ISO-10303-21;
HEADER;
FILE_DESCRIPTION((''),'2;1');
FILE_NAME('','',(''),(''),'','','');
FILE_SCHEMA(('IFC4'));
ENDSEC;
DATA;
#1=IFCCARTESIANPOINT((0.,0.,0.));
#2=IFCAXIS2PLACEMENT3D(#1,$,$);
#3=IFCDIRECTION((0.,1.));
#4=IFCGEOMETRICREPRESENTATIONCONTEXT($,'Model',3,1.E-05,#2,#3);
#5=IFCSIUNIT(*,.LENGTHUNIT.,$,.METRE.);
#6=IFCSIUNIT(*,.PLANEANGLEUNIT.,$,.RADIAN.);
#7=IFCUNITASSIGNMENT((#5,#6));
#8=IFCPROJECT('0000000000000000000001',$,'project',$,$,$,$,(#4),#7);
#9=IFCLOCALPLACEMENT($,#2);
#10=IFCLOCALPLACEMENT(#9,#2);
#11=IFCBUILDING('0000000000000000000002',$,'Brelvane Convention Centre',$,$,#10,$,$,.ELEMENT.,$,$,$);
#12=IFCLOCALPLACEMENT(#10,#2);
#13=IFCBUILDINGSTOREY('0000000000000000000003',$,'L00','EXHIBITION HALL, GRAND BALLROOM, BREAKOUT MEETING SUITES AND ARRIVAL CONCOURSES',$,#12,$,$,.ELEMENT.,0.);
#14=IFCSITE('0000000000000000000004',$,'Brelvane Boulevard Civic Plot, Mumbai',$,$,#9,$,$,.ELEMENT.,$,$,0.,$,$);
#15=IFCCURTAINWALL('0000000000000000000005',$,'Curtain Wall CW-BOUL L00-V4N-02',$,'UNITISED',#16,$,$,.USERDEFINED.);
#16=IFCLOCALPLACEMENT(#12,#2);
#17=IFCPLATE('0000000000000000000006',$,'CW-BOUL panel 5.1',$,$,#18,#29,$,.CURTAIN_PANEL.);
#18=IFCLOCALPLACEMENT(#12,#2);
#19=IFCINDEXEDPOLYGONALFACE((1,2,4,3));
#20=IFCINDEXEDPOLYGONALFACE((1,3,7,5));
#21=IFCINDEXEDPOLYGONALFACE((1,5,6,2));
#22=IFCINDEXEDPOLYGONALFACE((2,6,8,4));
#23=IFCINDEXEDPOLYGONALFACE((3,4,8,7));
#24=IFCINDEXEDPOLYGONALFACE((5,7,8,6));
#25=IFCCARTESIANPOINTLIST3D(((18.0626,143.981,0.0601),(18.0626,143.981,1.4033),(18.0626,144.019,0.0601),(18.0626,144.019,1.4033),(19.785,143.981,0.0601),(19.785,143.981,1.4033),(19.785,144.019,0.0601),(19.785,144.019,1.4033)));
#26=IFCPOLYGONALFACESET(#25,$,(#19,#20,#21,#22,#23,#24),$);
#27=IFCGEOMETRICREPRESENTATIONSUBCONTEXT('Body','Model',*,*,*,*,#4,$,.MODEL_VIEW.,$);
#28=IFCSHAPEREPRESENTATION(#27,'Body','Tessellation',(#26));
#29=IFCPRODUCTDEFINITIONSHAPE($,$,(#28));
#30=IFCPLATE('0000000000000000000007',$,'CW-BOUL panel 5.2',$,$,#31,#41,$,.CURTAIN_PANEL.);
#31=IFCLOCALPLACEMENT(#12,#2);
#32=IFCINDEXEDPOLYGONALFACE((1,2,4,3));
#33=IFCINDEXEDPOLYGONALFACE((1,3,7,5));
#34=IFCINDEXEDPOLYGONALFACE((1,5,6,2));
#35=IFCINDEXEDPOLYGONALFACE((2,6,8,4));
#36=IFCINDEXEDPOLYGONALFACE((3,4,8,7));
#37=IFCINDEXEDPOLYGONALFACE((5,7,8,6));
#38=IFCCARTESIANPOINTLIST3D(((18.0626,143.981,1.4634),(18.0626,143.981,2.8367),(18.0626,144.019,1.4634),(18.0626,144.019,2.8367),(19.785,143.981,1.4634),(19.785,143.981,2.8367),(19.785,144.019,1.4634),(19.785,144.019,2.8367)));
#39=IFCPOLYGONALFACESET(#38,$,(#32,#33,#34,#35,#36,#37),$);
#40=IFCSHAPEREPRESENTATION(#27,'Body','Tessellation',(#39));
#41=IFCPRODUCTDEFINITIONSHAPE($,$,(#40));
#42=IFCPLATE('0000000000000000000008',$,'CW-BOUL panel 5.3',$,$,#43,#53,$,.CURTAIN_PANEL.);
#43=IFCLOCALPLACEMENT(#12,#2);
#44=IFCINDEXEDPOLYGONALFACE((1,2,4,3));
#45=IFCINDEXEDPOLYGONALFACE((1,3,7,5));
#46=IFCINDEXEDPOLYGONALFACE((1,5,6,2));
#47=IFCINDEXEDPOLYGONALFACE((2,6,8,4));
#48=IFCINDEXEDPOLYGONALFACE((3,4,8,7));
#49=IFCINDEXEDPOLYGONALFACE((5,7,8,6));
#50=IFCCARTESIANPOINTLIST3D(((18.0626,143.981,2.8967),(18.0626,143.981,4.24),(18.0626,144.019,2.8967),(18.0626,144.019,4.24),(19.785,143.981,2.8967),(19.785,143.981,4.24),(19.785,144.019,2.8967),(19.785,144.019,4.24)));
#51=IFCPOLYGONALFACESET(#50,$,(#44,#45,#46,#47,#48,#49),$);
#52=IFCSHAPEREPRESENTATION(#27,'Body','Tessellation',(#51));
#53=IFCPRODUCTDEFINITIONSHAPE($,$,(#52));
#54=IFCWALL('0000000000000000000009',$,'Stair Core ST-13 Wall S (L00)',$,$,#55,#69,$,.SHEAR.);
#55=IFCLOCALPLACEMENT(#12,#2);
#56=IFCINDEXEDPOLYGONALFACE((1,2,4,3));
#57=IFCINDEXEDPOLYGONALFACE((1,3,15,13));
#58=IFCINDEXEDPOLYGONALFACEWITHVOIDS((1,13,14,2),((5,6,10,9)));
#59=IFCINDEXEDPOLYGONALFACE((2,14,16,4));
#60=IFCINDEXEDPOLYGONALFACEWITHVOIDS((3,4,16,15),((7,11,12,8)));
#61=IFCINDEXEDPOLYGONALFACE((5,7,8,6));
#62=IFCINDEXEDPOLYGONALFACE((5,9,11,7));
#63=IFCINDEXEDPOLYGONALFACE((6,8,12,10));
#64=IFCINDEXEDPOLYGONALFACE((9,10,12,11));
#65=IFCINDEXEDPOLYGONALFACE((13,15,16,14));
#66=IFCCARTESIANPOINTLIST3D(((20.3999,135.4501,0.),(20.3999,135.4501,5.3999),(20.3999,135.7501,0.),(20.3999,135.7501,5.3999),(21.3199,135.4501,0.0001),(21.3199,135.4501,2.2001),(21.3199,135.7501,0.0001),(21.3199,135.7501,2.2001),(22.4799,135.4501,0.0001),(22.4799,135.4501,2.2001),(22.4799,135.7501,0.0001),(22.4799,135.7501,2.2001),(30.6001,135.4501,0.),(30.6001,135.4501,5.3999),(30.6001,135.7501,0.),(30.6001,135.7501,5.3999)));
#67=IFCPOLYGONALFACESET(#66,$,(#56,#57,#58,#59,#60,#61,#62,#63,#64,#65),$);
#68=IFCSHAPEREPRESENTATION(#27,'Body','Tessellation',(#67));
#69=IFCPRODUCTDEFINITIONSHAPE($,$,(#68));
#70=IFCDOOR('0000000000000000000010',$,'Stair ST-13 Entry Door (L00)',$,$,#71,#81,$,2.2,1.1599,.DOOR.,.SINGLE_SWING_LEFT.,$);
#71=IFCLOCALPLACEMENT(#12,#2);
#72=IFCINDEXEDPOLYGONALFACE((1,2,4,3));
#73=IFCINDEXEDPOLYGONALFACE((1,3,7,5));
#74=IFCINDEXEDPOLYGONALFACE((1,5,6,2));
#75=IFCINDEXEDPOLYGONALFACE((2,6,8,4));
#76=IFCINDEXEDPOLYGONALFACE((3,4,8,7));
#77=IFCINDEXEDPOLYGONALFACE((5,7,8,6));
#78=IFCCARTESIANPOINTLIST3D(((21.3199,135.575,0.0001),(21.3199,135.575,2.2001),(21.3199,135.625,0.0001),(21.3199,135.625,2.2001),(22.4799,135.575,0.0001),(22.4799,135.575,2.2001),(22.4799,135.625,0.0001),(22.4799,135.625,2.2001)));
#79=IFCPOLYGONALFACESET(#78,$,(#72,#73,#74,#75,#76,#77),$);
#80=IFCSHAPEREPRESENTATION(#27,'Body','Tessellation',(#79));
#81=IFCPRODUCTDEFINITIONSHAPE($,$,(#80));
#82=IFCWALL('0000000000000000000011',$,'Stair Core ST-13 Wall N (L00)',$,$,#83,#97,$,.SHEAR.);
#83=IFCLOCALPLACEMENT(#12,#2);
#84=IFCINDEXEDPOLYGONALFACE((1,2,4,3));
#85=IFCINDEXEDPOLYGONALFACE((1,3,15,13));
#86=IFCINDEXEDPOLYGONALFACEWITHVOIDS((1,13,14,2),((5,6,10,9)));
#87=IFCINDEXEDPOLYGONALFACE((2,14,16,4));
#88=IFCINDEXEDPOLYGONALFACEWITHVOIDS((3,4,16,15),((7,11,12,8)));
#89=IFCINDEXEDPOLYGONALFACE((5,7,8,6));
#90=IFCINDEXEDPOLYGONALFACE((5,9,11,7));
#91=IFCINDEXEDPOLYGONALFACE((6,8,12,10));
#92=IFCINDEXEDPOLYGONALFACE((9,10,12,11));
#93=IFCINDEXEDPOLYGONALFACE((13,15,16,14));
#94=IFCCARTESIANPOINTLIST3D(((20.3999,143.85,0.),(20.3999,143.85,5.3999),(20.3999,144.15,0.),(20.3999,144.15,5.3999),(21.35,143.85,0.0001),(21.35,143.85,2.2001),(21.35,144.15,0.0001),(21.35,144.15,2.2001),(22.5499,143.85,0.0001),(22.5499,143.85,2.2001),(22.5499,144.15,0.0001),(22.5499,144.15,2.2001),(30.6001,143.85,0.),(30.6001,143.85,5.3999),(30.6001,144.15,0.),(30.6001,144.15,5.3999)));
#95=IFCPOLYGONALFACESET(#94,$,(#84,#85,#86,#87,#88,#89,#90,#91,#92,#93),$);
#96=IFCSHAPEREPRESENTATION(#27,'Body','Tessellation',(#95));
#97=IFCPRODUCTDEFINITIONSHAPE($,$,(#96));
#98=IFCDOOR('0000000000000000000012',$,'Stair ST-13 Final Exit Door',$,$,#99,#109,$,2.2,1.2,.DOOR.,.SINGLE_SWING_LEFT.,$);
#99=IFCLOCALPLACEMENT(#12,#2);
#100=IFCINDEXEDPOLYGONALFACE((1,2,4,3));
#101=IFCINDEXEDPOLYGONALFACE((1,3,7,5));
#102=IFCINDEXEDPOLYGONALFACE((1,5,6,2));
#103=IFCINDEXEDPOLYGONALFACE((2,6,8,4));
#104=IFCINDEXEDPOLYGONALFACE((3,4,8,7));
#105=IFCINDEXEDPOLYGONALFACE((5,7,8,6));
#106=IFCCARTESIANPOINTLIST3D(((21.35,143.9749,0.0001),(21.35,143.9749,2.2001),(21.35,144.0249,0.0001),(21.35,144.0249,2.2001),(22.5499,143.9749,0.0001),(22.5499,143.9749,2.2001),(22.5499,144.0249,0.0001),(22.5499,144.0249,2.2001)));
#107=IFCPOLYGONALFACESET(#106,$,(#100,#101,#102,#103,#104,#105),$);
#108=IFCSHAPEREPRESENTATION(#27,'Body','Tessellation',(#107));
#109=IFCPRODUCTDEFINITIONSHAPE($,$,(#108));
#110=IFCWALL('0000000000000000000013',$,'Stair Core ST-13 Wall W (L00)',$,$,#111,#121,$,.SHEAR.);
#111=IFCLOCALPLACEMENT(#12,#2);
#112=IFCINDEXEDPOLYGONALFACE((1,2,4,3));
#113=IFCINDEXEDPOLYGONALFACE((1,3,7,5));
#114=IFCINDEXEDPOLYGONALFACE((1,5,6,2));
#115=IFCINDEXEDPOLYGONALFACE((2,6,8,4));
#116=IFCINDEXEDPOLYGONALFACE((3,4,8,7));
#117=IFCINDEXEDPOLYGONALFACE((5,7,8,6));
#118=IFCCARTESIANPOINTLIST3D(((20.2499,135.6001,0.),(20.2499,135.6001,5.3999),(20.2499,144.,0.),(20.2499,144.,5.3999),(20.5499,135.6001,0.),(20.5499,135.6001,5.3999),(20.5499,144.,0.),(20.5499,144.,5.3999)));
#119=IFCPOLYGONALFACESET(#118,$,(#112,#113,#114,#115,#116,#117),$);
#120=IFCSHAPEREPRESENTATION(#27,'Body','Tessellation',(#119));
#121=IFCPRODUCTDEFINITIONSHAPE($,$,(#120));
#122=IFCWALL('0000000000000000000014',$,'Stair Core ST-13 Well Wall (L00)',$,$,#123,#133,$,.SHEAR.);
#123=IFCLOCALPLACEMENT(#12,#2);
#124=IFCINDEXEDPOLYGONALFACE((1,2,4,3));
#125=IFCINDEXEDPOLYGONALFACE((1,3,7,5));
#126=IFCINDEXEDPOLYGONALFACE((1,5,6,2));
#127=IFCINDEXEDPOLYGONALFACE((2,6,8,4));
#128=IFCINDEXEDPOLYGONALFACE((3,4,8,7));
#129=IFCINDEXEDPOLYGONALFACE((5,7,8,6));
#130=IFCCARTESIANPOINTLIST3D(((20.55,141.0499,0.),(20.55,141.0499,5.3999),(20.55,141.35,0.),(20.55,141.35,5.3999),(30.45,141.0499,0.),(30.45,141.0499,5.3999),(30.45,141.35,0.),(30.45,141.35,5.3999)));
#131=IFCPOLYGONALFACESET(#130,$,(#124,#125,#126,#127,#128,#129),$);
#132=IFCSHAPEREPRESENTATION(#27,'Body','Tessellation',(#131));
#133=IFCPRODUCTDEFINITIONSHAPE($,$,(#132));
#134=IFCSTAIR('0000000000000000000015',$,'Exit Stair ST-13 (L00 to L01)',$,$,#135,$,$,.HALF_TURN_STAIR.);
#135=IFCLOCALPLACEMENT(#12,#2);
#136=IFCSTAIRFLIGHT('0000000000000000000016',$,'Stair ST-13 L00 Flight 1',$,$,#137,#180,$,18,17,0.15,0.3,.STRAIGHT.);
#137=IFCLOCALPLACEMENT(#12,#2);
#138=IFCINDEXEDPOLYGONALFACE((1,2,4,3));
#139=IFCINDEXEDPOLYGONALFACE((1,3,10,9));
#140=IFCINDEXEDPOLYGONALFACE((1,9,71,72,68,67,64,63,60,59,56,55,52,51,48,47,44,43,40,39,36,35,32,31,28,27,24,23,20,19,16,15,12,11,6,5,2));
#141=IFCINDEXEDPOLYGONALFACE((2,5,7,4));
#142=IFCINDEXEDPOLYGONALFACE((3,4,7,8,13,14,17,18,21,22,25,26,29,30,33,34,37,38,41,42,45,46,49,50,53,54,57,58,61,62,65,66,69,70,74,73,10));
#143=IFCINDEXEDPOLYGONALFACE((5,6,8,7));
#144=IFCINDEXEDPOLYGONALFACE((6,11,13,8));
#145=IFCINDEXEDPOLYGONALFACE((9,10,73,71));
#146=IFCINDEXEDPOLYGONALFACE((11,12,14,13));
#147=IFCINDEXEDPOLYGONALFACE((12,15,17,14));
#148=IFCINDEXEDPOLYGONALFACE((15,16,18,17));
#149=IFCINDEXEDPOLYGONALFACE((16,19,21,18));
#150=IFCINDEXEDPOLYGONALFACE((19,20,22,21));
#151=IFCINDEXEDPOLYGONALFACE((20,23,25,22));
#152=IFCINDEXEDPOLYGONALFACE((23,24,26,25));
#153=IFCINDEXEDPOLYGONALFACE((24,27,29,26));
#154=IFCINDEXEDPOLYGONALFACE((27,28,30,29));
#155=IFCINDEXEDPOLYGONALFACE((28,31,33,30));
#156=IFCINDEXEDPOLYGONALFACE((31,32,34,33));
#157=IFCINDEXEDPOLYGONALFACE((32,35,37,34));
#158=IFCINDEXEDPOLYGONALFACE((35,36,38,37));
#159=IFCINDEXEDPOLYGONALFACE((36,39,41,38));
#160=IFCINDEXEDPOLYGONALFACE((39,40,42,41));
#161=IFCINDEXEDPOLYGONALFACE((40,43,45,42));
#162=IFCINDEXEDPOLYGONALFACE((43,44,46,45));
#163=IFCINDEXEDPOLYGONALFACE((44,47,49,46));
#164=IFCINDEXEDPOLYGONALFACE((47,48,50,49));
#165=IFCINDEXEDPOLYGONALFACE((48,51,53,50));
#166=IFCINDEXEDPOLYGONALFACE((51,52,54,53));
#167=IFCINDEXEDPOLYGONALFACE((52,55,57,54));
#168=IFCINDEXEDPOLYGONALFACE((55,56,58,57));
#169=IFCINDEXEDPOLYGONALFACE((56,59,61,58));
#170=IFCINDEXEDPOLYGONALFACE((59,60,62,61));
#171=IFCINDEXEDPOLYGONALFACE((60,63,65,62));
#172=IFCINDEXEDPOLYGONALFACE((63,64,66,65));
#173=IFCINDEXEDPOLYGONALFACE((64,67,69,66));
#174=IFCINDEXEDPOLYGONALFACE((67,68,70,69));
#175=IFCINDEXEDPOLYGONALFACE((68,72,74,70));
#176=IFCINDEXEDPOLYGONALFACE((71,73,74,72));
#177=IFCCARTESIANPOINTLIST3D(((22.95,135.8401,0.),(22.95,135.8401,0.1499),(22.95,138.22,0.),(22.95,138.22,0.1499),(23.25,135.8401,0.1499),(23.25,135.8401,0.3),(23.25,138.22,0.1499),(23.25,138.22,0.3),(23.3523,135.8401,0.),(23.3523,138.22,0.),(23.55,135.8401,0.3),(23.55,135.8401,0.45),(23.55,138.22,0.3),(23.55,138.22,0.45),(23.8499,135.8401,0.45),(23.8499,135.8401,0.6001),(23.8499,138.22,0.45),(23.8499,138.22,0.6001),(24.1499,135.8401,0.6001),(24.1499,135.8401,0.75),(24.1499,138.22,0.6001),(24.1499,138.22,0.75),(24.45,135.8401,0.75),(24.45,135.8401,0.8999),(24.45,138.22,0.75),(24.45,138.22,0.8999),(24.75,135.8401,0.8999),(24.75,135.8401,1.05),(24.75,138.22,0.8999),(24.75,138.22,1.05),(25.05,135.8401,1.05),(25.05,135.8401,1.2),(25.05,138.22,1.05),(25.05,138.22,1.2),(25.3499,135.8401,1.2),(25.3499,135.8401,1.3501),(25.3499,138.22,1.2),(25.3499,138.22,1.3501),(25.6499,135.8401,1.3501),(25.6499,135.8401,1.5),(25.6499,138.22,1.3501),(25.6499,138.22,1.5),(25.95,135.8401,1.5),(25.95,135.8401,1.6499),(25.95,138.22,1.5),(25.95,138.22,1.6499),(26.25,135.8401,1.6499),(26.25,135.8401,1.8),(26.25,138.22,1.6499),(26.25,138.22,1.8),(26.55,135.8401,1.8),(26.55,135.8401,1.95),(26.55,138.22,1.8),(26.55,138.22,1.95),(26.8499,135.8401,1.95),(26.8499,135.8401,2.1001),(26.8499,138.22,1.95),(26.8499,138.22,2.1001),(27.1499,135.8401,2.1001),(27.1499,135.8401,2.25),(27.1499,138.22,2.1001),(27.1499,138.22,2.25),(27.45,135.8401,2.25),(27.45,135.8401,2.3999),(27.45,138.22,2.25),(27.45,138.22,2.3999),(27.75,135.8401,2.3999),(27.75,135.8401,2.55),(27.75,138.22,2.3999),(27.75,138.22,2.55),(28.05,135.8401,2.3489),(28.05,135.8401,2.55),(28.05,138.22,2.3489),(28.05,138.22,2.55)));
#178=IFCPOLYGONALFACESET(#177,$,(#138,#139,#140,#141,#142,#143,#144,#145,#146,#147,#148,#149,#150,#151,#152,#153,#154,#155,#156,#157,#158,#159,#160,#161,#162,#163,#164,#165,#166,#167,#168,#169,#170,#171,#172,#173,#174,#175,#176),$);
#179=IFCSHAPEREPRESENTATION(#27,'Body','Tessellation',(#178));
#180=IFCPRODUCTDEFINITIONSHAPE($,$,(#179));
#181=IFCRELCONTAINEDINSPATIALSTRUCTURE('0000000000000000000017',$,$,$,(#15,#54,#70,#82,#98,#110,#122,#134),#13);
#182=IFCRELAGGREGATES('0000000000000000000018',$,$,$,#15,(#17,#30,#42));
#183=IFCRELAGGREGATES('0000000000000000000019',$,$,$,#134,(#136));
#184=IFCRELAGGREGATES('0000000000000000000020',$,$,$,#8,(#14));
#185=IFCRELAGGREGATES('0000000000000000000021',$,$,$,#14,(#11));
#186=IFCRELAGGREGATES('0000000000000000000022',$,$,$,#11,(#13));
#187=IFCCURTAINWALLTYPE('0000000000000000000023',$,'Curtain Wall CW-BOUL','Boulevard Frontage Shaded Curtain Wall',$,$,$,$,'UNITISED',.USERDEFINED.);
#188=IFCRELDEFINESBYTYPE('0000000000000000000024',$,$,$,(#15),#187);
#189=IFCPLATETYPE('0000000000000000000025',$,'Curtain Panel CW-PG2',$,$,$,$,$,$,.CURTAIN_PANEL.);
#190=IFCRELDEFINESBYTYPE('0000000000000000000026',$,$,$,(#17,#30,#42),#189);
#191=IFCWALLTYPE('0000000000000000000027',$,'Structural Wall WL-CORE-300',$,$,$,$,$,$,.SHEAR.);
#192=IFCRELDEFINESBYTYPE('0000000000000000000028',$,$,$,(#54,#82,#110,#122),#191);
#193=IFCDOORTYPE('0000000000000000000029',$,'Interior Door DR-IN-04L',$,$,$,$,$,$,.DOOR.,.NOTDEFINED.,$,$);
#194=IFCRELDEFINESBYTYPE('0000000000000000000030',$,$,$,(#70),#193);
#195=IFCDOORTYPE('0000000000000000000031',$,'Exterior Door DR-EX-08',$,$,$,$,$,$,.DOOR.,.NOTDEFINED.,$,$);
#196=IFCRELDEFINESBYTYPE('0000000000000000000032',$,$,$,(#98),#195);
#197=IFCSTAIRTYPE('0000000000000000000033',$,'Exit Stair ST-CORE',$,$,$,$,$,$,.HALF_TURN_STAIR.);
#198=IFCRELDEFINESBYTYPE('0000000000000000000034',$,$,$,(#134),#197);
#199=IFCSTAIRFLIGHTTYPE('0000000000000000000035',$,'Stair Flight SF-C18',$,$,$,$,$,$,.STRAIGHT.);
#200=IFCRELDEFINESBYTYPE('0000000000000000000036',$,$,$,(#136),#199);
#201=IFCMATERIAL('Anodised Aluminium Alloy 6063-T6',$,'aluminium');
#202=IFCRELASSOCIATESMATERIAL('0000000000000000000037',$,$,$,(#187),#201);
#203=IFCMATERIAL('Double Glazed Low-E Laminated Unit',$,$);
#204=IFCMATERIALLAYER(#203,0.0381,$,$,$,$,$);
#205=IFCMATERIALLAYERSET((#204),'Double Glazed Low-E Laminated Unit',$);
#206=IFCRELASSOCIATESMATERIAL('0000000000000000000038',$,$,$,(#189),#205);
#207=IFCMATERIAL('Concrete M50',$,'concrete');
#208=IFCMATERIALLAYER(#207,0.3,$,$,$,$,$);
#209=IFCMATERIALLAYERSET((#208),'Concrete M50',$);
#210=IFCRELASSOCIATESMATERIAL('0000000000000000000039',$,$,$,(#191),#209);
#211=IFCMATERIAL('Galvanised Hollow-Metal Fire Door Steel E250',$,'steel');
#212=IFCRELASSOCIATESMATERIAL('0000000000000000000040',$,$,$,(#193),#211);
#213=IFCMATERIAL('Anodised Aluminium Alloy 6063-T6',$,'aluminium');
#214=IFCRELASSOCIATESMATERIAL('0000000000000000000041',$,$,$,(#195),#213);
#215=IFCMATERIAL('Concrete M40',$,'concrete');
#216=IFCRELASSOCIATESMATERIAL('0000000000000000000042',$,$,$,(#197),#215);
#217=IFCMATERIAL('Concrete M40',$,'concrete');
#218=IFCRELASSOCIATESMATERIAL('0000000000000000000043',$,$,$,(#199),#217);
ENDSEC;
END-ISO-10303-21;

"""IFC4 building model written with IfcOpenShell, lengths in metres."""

from ifc_helpers import new_model, si_unit, direction, frame, frame_2d, origin, origin_2d, place, context, subcontext, project, spatial, polyline, rectangle, outline, extrude, material, layer, layer_set, type_object, element, fill, aggregate, save


model = new_model("IFC4")

# Units and contexts
model_context = context("Model", 3, precision=1e-05, world=origin(), true_north=direction((0.0, 1.0)))
body_context = subcontext(model_context, "Body", "Model", "MODEL_VIEW")
ifc_project = project(units=[si_unit("LENGTHUNIT", "METRE"), si_unit("PLANEANGLEUNIT", "RADIAN")], contexts=[model_context])

# Site, building, storey
site_placement = place(None, origin())
site = spatial("IfcSite", under=ifc_project, at=site_placement, Name="Brelvane Boulevard Civic Plot, Mumbai", CompositionType="ELEMENT", RefElevation=0.0)
building_placement = place(site_placement, origin())
building = spatial("IfcBuilding", under=site, at=building_placement, Name="Brelvane Convention Centre", CompositionType="ELEMENT")
storey_placement = place(building_placement, origin())
storey = spatial("IfcBuildingStorey", under=building, at=storey_placement, Name="L00", Description="EXHIBITION HALL, GRAND BALLROOM, BREAKOUT MEETING SUITES AND ARRIVAL CONCOURSES", CompositionType="ELEMENT", Elevation=0.0)

# Curtain wall
ifc_material_1 = material(Name="Anodised Aluminium Alloy 6063-T6", Category="aluminium")
curtain_wall_type = type_object("IfcCurtainWallType", Name="Curtain Wall CW-BOUL", Description="Boulevard Frontage Shaded Curtain Wall", ElementType="UNITISED", PredefinedType="USERDEFINED", material=ifc_material_1)
curtain_wall_placement = place(storey_placement, origin())
curtain_wall = element("IfcCurtainWall", 1, at=curtain_wall_placement, inside=storey, type_object=curtain_wall_type, Name="Curtain Wall CW-BOUL L00-V4N-02", ObjectType="UNITISED", PredefinedType="USERDEFINED")

# Plates
ifc_material_2 = material(Name="Double Glazed Low-E Laminated Unit")
ifc_layer_1 = layer(ifc_material_2, 0.0381)
ifc_layer_set_1 = layer_set([ifc_layer_1], Name="Double Glazed Low-E Laminated Unit")
plate_type = type_object("IfcPlateType", Name="Curtain Panel CW-PG2", PredefinedType="CURTAIN_PANEL", material=ifc_layer_set_1)
plate_1_placement = place(storey_placement, frame((18.9238, 144.0, 0.0601), z_axis=(0.0, 0.0, 1.0), x_axis=(1.0, 0.0, 0.0)))
plate_1 = element("IfcPlate", 2, at=plate_1_placement, type_object=plate_type, Name="CW-BOUL panel 5.1", PredefinedType="CURTAIN_PANEL", context=body_context, shape_type="SweptSolid", body=[
    extrude(rectangle(XDim=1.7224, YDim=0.0381, at=origin_2d()), origin(), (0.0, 0.0, 1.0), 1.3433),
])
plate_2_placement = place(storey_placement, frame((18.9238, 144.0, 1.4634), z_axis=(0.0, 0.0, 1.0), x_axis=(1.0, 0.0, 0.0)))
plate_2 = element("IfcPlate", 3, at=plate_2_placement, type_object=plate_type, Name="CW-BOUL panel 5.2", PredefinedType="CURTAIN_PANEL", context=body_context, shape_type="SweptSolid", body=[
    extrude(rectangle(XDim=1.7224, YDim=0.0381, at=origin_2d()), origin(), (0.0, 0.0, 1.0), 1.3733),
])
plate_3_placement = place(storey_placement, frame((18.9238, 144.0, 2.8967), z_axis=(0.0, 0.0, 1.0), x_axis=(1.0, 0.0, 0.0)))
plate_3 = element("IfcPlate", 4, at=plate_3_placement, type_object=plate_type, Name="CW-BOUL panel 5.3", PredefinedType="CURTAIN_PANEL", context=body_context, shape_type="SweptSolid", body=[
    extrude(rectangle(XDim=1.7224, YDim=0.0381, at=origin_2d()), origin(), (0.0, 0.0, 1.0), 1.3433),
])
aggregate(curtain_wall, [plate_1, plate_2, plate_3])

# Walls, openings, doors
ifc_material_3 = material(Name="Concrete M50", Category="concrete")
ifc_layer_2 = layer(ifc_material_3, 0.3)
ifc_layer_set_2 = layer_set([ifc_layer_2], Name="Concrete M50")
wall_type = type_object("IfcWallType", Name="Structural Wall WL-CORE-300", PredefinedType="SHEAR", material=ifc_layer_set_2)
wall_1_placement = place(storey_placement, frame((20.3999, 135.6001, 0.0), z_axis=(0.0, 0.0, 1.0), x_axis=(1.0, 0.0, 0.0)))
wall_1 = element("IfcWall", 5, at=wall_1_placement, inside=storey, type_object=wall_type, Name="Stair Core ST-13 Wall S (L00)", PredefinedType="SHEAR", context=body_context, shape_type="SweptSolid", body=[
    extrude(rectangle(XDim=10.2002, YDim=0.3, at=frame_2d((5.1001, 0.0))), origin(), (0.0, 0.0, 1.0), 5.3999),
])
opening_1_placement = place(wall_1_placement, frame((0.9199, 0.0, 0.0)))
opening_1 = element("IfcOpeningElement", 6, at=opening_1_placement, cuts=wall_1, PredefinedType="OPENING", context=body_context, shape_type="SweptSolid", body=[
    extrude(rectangle(XDim=1.1599, YDim=2.2, at=frame_2d((0.5801, 1.1001))), frame((0.0, 0.1599, 0.0), z_axis=(0.0, -1.0, 0.0), x_axis=(1.0, 0.0, 0.0)), (0.0, 0.0, 1.0), 0.3201),
])
ifc_material_4 = material(Name="Galvanised Hollow-Metal Fire Door Steel E250", Category="steel")
door_type_1 = type_object("IfcDoorType", Name="Interior Door DR-IN-04L", OperationType="NOTDEFINED", PredefinedType="DOOR", material=ifc_material_4)
door_1_placement = place(opening_1_placement, origin())
door_1 = element("IfcDoor", 7, at=door_1_placement, inside=storey, type_object=door_type_1, Name="Stair ST-13 Entry Door (L00)", OperationType="SINGLE_SWING_LEFT", OverallHeight=2.2, OverallWidth=1.1599, PredefinedType="DOOR", context=body_context, shape_type="SweptSolid", body=[
    extrude(rectangle(XDim=1.1599, YDim=2.2, at=frame_2d((0.5801, 1.1001))), frame((0.0, 0.0249, 0.0), z_axis=(0.0, -1.0, 0.0), x_axis=(1.0, 0.0, 0.0)), (0.0, 0.0, 1.0), 0.05),
])
fill(opening_1, door_1)
wall_2_placement = place(storey_placement, frame((20.3999, 144.0, 0.0), z_axis=(0.0, 0.0, 1.0), x_axis=(1.0, 0.0, 0.0)))
wall_2 = element("IfcWall", 8, at=wall_2_placement, inside=storey, type_object=wall_type, Name="Stair Core ST-13 Wall N (L00)", PredefinedType="SHEAR", context=body_context, shape_type="SweptSolid", body=[
    extrude(rectangle(XDim=10.2002, YDim=0.3, at=frame_2d((5.1001, 0.0))), origin(), (0.0, 0.0, 1.0), 5.3999),
])
opening_2_placement = place(wall_2_placement, frame((0.95, 0.0, 0.0)))
opening_2 = element("IfcOpeningElement", 9, at=opening_2_placement, cuts=wall_2, PredefinedType="OPENING", context=body_context, shape_type="SweptSolid", body=[
    extrude(rectangle(XDim=1.2, YDim=2.2, at=frame_2d((0.6001, 1.1001))), frame((0.0, 0.1599, 0.0), z_axis=(0.0, -1.0, 0.0), x_axis=(1.0, 0.0, 0.0)), (0.0, 0.0, 1.0), 0.3201),
])
ifc_material_5 = material(Name="Anodised Aluminium Alloy 6063-T6", Category="aluminium")
door_type_2 = type_object("IfcDoorType", Name="Exterior Door DR-EX-08", OperationType="NOTDEFINED", PredefinedType="DOOR", material=ifc_material_5)
door_2_placement = place(opening_2_placement, origin())
door_2 = element("IfcDoor", 10, at=door_2_placement, inside=storey, type_object=door_type_2, Name="Stair ST-13 Final Exit Door", OperationType="SINGLE_SWING_LEFT", OverallHeight=2.2, OverallWidth=1.2, PredefinedType="DOOR", context=body_context, shape_type="SweptSolid", body=[
    extrude(rectangle(XDim=1.2, YDim=2.2, at=frame_2d((0.6001, 1.1001))), frame((0.0, 0.0249, 0.0), z_axis=(0.0, -1.0, 0.0), x_axis=(1.0, 0.0, 0.0)), (0.0, 0.0, 1.0), 0.05),
])
fill(opening_2, door_2)

# Walls
wall_3_placement = place(storey_placement, frame((20.3999, 135.6001, 0.0), z_axis=(0.0, 0.0, 1.0), x_axis=(0.0, 1.0, 0.0)))
element("IfcWall", 11, at=wall_3_placement, inside=storey, type_object=wall_type, Name="Stair Core ST-13 Wall W (L00)", PredefinedType="SHEAR", context=body_context, shape_type="SweptSolid", body=[
    extrude(rectangle(XDim=8.3999, YDim=0.3, at=frame_2d((4.2, 0.0))), origin(), (0.0, 0.0, 1.0), 5.3999),
])
wall_4_placement = place(storey_placement, frame((20.55, 141.2, 0.0), z_axis=(0.0, 0.0, 1.0), x_axis=(1.0, 0.0, 0.0)))
element("IfcWall", 12, at=wall_4_placement, inside=storey, type_object=wall_type, Name="Stair Core ST-13 Well Wall (L00)", PredefinedType="SHEAR", context=body_context, shape_type="SweptSolid", body=[
    extrude(rectangle(XDim=9.8999, YDim=0.3, at=frame_2d((4.95, 0.0))), origin(), (0.0, 0.0, 1.0), 5.3999),
])

# Stair, stair flight
ifc_material_6 = material(Name="Concrete M40", Category="concrete")
stair_type = type_object("IfcStairType", Name="Exit Stair ST-CORE", PredefinedType="HALF_TURN_STAIR", material=ifc_material_6)
stair_placement = place(storey_placement, origin())
stair = element("IfcStair", 13, at=stair_placement, inside=storey, type_object=stair_type, Name="Exit Stair ST-13 (L00 to L01)", PredefinedType="HALF_TURN_STAIR")
ifc_material_7 = material(Name="Concrete M40", Category="concrete")
stair_flight_type = type_object("IfcStairFlightType", Name="Stair Flight SF-C18", PredefinedType="STRAIGHT", material=ifc_material_7)
stair_flight_placement = place(storey_placement, frame((22.95, 137.03, 0.0), z_axis=(0.0, 0.0, 1.0), x_axis=(1.0, 0.0, 0.0)))
stair_flight = element("IfcStairFlight", 14, at=stair_flight_placement, type_object=stair_flight_type, Name="Stair ST-13 L00 Flight 1", NumberOfRisers=18, NumberOfTreads=17, PredefinedType="STRAIGHT", RiserHeight=0.15, TreadLength=0.3, context=body_context, shape_type="SweptSolid", body=[
    extrude(outline(polyline([(0.0, 0.0), (0.0, 0.1499), (0.3, 0.1499), (0.3, 0.3), (0.6001, 0.3), (0.6001, 0.45), (0.8999, 0.45), (0.8999, 0.6001), (1.2, 0.6001), (1.2, 0.75), (1.5, 0.75), (1.5, 0.8999), (1.8, 0.8999), (1.8, 1.05), (2.1001, 1.05), (2.1001, 1.2), (2.3999, 1.2), (2.3999, 1.3501), (2.7, 1.3501), (2.7, 1.5), (3.0, 1.5), (3.0, 1.6499), (3.3, 1.6499), (3.3, 1.8), (3.6001, 1.8), (3.6001, 1.95), (3.8999, 1.95), (3.8999, 2.1001), (4.2, 2.1001), (4.2, 2.25), (4.5, 2.25), (4.5, 2.3999), (4.8, 2.3999), (4.8, 2.55), (5.1001, 2.55), (5.1001, 2.7), (5.1001, 2.3489), (0.4023, 0.0), (0.0, 0.0)])), frame((0.0, 1.1899, 0.0), z_axis=(0.0, -1.0, 0.0), x_axis=(1.0, 0.0, 0.0)), (0.0, 0.0, 1.0), 2.3799),
])
aggregate(stair, [stair_flight])

save(model, "model.ifc")
